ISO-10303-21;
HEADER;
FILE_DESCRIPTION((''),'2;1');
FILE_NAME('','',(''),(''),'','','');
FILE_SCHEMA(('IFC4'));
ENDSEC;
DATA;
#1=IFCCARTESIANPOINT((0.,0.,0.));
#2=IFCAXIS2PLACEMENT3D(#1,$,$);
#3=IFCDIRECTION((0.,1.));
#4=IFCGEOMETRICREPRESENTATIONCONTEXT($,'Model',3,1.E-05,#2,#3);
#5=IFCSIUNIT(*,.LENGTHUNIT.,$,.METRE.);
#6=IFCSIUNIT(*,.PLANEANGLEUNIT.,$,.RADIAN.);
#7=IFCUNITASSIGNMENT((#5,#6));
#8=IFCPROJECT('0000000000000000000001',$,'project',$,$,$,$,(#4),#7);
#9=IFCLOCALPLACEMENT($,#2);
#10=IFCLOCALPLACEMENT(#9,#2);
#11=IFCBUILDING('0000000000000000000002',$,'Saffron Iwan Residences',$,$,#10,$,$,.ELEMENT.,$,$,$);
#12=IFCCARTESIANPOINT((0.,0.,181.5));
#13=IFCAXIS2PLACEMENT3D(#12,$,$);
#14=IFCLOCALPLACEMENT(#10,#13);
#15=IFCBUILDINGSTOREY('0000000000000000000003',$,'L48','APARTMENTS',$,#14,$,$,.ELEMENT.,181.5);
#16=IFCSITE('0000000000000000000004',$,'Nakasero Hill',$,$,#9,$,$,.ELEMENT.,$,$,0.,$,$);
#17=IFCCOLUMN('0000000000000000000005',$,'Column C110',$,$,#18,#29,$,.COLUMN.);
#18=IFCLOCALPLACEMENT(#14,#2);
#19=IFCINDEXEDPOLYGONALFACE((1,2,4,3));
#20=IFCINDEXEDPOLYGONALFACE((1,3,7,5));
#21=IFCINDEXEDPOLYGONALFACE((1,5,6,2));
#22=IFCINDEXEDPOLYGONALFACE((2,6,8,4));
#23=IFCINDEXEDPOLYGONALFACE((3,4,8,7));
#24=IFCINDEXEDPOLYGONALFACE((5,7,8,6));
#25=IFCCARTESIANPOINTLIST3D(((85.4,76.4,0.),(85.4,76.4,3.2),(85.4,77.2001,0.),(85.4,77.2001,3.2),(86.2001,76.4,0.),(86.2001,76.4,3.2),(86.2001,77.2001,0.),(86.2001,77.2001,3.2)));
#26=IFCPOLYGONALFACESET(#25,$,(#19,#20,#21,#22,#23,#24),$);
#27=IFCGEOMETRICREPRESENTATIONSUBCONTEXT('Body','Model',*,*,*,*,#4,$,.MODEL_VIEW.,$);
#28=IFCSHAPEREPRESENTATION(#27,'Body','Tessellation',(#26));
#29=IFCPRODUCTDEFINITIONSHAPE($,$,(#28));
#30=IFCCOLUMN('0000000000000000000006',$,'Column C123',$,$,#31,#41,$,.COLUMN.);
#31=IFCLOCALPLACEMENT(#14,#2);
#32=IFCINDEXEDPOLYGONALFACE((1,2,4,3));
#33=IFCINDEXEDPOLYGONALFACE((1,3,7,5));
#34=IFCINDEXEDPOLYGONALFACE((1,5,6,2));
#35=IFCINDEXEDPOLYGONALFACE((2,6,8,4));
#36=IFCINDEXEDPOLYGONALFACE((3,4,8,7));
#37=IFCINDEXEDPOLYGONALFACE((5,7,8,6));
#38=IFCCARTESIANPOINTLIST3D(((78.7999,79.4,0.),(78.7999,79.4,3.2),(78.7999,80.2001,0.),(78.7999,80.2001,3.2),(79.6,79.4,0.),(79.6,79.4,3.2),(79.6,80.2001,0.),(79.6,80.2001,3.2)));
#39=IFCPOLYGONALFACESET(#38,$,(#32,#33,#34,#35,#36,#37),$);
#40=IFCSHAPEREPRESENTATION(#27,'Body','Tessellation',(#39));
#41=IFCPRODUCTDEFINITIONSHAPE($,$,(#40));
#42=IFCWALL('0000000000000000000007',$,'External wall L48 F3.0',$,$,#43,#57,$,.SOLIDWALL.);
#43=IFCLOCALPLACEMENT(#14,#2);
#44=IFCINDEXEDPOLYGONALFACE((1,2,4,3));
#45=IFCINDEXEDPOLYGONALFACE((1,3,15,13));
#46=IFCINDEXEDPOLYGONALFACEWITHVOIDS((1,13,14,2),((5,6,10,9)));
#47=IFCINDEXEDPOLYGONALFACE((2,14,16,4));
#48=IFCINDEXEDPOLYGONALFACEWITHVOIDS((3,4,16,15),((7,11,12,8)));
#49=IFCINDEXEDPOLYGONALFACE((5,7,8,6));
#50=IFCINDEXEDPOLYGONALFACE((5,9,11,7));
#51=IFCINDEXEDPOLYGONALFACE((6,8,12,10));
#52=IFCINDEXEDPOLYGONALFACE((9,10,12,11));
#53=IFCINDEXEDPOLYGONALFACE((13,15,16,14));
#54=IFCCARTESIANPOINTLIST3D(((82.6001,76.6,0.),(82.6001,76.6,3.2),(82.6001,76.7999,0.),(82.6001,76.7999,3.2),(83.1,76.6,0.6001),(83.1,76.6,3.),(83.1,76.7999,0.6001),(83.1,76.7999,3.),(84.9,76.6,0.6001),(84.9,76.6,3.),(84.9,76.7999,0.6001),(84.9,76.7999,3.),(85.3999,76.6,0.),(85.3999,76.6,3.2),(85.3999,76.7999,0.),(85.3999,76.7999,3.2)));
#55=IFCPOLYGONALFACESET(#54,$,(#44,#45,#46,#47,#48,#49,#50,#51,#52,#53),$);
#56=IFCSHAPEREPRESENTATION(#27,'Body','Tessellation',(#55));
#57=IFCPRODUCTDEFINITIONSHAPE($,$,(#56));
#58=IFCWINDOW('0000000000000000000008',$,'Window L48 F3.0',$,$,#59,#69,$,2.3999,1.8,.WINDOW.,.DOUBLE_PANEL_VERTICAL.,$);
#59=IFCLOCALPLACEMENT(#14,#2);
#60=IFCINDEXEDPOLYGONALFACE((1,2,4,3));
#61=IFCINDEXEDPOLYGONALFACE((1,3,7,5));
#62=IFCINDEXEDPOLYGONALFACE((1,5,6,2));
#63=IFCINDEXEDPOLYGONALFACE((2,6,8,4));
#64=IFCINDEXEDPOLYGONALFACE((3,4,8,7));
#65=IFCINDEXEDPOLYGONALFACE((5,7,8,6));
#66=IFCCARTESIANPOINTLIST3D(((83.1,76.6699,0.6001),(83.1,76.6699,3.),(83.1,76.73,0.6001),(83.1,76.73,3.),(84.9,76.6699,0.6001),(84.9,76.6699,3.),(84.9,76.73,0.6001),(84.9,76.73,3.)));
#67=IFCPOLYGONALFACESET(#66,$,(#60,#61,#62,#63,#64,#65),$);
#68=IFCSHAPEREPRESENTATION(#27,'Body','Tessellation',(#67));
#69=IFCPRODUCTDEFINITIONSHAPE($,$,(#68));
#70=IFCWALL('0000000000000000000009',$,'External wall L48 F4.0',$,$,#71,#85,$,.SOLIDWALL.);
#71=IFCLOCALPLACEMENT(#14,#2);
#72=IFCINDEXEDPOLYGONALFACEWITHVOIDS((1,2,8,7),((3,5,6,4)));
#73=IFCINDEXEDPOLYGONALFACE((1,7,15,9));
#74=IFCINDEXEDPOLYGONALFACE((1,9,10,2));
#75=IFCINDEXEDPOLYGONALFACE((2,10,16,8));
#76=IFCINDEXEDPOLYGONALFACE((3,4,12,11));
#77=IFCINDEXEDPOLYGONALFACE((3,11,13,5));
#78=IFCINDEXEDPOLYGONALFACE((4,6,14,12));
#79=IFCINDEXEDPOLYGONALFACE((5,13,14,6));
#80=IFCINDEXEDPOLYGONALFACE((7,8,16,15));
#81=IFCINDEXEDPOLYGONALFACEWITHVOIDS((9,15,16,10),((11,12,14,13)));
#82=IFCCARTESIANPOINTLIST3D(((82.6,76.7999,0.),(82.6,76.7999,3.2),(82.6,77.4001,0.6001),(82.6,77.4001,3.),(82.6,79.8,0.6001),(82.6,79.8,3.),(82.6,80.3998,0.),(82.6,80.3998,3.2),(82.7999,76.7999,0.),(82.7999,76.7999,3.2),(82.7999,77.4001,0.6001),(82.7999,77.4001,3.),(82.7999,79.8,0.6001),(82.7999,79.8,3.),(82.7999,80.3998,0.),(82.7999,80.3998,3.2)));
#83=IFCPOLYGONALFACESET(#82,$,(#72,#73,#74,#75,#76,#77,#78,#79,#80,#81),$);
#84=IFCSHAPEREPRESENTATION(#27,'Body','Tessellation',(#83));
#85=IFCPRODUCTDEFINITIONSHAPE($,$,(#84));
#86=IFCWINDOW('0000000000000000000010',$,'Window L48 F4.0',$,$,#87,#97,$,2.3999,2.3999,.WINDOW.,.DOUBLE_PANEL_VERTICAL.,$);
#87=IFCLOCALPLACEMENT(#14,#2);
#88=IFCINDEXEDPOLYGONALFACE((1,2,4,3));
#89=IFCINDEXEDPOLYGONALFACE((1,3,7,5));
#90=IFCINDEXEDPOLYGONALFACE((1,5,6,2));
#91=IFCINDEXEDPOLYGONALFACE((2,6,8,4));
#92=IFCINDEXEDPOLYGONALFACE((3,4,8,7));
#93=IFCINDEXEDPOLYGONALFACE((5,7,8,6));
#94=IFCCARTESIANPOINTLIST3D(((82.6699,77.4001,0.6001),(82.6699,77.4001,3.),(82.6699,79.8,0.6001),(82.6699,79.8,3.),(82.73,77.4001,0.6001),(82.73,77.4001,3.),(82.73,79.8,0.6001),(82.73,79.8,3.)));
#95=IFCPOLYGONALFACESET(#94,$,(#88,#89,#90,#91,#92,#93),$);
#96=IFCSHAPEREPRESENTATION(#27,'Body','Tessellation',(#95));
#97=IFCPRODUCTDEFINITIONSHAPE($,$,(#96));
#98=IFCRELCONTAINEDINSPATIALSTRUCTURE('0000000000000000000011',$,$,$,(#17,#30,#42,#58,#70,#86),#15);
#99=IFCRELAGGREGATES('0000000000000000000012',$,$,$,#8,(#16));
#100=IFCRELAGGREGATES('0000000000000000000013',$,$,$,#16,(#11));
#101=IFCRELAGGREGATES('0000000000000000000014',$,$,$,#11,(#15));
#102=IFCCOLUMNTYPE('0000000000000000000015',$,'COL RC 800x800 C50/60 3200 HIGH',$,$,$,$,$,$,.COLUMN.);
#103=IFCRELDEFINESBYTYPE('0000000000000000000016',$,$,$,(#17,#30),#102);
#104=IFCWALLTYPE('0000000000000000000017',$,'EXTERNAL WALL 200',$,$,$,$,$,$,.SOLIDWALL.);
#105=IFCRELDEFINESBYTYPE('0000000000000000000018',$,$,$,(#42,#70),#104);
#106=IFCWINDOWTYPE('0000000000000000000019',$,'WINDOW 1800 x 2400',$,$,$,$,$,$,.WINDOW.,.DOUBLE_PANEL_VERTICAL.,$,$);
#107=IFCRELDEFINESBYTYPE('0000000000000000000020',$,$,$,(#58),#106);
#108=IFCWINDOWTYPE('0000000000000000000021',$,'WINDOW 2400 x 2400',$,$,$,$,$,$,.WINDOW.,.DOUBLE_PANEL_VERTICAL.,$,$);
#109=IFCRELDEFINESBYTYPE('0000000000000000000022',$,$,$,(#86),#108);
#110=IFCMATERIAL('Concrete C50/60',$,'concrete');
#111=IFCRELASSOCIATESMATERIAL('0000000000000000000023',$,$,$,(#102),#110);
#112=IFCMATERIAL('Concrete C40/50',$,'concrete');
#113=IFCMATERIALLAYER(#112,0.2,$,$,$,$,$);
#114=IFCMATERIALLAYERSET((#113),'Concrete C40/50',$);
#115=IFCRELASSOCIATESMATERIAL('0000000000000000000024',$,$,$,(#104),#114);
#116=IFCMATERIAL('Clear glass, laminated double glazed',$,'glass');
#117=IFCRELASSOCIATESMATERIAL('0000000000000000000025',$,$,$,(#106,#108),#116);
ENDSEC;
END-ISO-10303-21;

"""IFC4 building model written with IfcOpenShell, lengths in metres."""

from ifc_helpers import new_model, si_unit, direction, frame, frame_2d, origin, origin_2d, place, context, subcontext, project, spatial, rectangle, extrude, source, transform, mapped, material, layer, layer_set, material_profile, profile_set, type_object, element, fill, save


model = new_model("IFC4")

# Units and contexts
model_context = context("Model", 3, precision=1e-05, world=origin(), true_north=direction((0.0, 1.0)))
body_context = subcontext(model_context, "Body", "Model", "MODEL_VIEW")
ifc_project = project(units=[si_unit("LENGTHUNIT", "METRE"), si_unit("PLANEANGLEUNIT", "RADIAN")], contexts=[model_context])

# Site, building, storey
site_placement = place(None, origin())
site = spatial("IfcSite", under=ifc_project, at=site_placement, Name="Nakasero Hill", CompositionType="ELEMENT", RefElevation=0.0)
building_placement = place(site_placement, origin())
building = spatial("IfcBuilding", under=site, at=building_placement, Name="Saffron Iwan Residences", CompositionType="ELEMENT")
storey_placement = place(building_placement, frame((0.0, 0.0, 181.5)))
storey = spatial("IfcBuildingStorey", under=building, at=storey_placement, Name="L48", Description="APARTMENTS", CompositionType="ELEMENT", Elevation=181.5)

# Columns
ifc_material_1 = material(Name="Concrete C50/60", Category="concrete")
ifc_material_profile = material_profile(ifc_material_1, rectangle(XDim=0.8, YDim=0.8, at=origin_2d()), Name="RC 800x800")
ifc_profile_set = profile_set([ifc_material_profile], Name="Concrete C50/60")
column_type = type_object("IfcColumnType", Name="COL RC 800x800 C50/60 3200 HIGH", PredefinedType="COLUMN", material=ifc_profile_set)
shared_shape = source(origin(), body_context, "Body", "SweptSolid", [
    extrude(rectangle(XDim=0.8, YDim=0.8, at=origin_2d()), origin(), (0.0, 0.0, 1.0), 3.2),
])
for number, where, z_axis, x_axis, name in (
    (1, (85.8, 76.8, 0.0), (0.0, 0.0, 1.0), (1.0, 0.0, 0.0), "Column C110"),
    (2, (79.2, 79.8, 0.0), (0.0, 0.0, 1.0), (1.0, 0.0, 0.0), "Column C123"),
):
    element("IfcColumn", number, at=place(storey_placement, frame(where, z_axis=z_axis, x_axis=x_axis)), inside=storey, type_object=column_type, Name=name, PredefinedType="COLUMN", context=body_context, shape_type="MappedRepresentation", body=[
        mapped(shared_shape, transform((0.0, 0.0, 0.0))),
    ])

# Walls, openings, windows
ifc_material_2 = material(Name="Concrete C40/50", Category="concrete")
ifc_layer = layer(ifc_material_2, 0.2)
ifc_layer_set = layer_set([ifc_layer], Name="Concrete C40/50")
wall_type = type_object("IfcWallType", Name="EXTERNAL WALL 200", PredefinedType="SOLIDWALL", material=ifc_layer_set)
wall_1_placement = place(storey_placement, frame((85.3999, 76.7, 0.0), z_axis=(0.0, 0.0, 1.0), x_axis=(-1.0, 0.0, 0.0)))
wall_1 = element("IfcWall", 3, at=wall_1_placement, inside=storey, type_object=wall_type, Name="External wall L48 F3.0", PredefinedType="SOLIDWALL", context=body_context, shape_type="SweptSolid", body=[
    extrude(rectangle(XDim=2.7998, YDim=0.2, at=frame_2d((1.3999, 0.0))), origin(), (0.0, 0.0, 1.0), 3.2),
])
opening_1_placement = place(wall_1_placement, frame((0.5, 0.0, 0.6001)))
opening_1 = element("IfcOpeningElement", 4, at=opening_1_placement, cuts=wall_1, PredefinedType="OPENING", context=body_context, shape_type="SweptSolid", body=[
    extrude(rectangle(XDim=1.8, YDim=2.3999, at=frame_2d((0.8999, 1.2))), frame((0.0, 0.1099, 0.0), z_axis=(0.0, -1.0, 0.0), x_axis=(1.0, 0.0, 0.0)), (0.0, 0.0, 1.0), 0.22),
])
ifc_material_3 = material(Name="Clear glass, laminated double glazed", Category="glass")
window_type_1 = type_object("IfcWindowType", Name="WINDOW 1800 x 2400", PartitioningType="DOUBLE_PANEL_VERTICAL", PredefinedType="WINDOW", material=ifc_material_3)
window_1_placement = place(opening_1_placement, origin())
window_1 = element("IfcWindow", 5, at=window_1_placement, inside=storey, type_object=window_type_1, Name="Window L48 F3.0", OverallHeight=2.3999, OverallWidth=1.8, PartitioningType="DOUBLE_PANEL_VERTICAL", PredefinedType="WINDOW", context=body_context, shape_type="SweptSolid", body=[
    extrude(rectangle(XDim=1.8, YDim=2.3999, at=frame_2d((0.8999, 1.2))), frame((0.0, 0.03, 0.0), z_axis=(0.0, -1.0, 0.0), x_axis=(1.0, 0.0, 0.0)), (0.0, 0.0, 1.0), 0.0601),
])
fill(opening_1, window_1)
wall_2_placement = place(storey_placement, frame((82.7, 76.8, 0.0), z_axis=(0.0, 0.0, 1.0), x_axis=(0.0, 1.0, 0.0)))
wall_2 = element("IfcWall", 6, at=wall_2_placement, inside=storey, type_object=wall_type, Name="External wall L48 F4.0", PredefinedType="SOLIDWALL", context=body_context, shape_type="SweptSolid", body=[
    extrude(rectangle(XDim=3.5999, YDim=0.2, at=frame_2d((1.7998, 0.0))), origin(), (0.0, 0.0, 1.0), 3.2),
])
opening_2_placement = place(wall_2_placement, frame((0.6001, 0.0, 0.6001)))
opening_2 = element("IfcOpeningElement", 7, at=opening_2_placement, cuts=wall_2, PredefinedType="OPENING", context=body_context, shape_type="SweptSolid", body=[
    extrude(rectangle(XDim=2.3999, YDim=2.3999, at=frame_2d((1.2, 1.2))), frame((0.0, 0.1099, 0.0), z_axis=(0.0, -1.0, 0.0), x_axis=(1.0, 0.0, 0.0)), (0.0, 0.0, 1.0), 0.22),
])
window_type_2 = type_object("IfcWindowType", Name="WINDOW 2400 x 2400", PartitioningType="DOUBLE_PANEL_VERTICAL", PredefinedType="WINDOW", material=ifc_material_3)
window_2_placement = place(opening_2_placement, origin())
window_2 = element("IfcWindow", 8, at=window_2_placement, inside=storey, type_object=window_type_2, Name="Window L48 F4.0", OverallHeight=2.3999, OverallWidth=2.3999, PartitioningType="DOUBLE_PANEL_VERTICAL", PredefinedType="WINDOW", context=body_context, shape_type="SweptSolid", body=[
    extrude(rectangle(XDim=2.3999, YDim=2.3999, at=frame_2d((1.2, 1.2))), frame((0.0, 0.03, 0.0), z_axis=(0.0, -1.0, 0.0), x_axis=(1.0, 0.0, 0.0)), (0.0, 0.0, 1.0), 0.0601),
])
fill(opening_2, window_2)

save(model, "model.ifc")
